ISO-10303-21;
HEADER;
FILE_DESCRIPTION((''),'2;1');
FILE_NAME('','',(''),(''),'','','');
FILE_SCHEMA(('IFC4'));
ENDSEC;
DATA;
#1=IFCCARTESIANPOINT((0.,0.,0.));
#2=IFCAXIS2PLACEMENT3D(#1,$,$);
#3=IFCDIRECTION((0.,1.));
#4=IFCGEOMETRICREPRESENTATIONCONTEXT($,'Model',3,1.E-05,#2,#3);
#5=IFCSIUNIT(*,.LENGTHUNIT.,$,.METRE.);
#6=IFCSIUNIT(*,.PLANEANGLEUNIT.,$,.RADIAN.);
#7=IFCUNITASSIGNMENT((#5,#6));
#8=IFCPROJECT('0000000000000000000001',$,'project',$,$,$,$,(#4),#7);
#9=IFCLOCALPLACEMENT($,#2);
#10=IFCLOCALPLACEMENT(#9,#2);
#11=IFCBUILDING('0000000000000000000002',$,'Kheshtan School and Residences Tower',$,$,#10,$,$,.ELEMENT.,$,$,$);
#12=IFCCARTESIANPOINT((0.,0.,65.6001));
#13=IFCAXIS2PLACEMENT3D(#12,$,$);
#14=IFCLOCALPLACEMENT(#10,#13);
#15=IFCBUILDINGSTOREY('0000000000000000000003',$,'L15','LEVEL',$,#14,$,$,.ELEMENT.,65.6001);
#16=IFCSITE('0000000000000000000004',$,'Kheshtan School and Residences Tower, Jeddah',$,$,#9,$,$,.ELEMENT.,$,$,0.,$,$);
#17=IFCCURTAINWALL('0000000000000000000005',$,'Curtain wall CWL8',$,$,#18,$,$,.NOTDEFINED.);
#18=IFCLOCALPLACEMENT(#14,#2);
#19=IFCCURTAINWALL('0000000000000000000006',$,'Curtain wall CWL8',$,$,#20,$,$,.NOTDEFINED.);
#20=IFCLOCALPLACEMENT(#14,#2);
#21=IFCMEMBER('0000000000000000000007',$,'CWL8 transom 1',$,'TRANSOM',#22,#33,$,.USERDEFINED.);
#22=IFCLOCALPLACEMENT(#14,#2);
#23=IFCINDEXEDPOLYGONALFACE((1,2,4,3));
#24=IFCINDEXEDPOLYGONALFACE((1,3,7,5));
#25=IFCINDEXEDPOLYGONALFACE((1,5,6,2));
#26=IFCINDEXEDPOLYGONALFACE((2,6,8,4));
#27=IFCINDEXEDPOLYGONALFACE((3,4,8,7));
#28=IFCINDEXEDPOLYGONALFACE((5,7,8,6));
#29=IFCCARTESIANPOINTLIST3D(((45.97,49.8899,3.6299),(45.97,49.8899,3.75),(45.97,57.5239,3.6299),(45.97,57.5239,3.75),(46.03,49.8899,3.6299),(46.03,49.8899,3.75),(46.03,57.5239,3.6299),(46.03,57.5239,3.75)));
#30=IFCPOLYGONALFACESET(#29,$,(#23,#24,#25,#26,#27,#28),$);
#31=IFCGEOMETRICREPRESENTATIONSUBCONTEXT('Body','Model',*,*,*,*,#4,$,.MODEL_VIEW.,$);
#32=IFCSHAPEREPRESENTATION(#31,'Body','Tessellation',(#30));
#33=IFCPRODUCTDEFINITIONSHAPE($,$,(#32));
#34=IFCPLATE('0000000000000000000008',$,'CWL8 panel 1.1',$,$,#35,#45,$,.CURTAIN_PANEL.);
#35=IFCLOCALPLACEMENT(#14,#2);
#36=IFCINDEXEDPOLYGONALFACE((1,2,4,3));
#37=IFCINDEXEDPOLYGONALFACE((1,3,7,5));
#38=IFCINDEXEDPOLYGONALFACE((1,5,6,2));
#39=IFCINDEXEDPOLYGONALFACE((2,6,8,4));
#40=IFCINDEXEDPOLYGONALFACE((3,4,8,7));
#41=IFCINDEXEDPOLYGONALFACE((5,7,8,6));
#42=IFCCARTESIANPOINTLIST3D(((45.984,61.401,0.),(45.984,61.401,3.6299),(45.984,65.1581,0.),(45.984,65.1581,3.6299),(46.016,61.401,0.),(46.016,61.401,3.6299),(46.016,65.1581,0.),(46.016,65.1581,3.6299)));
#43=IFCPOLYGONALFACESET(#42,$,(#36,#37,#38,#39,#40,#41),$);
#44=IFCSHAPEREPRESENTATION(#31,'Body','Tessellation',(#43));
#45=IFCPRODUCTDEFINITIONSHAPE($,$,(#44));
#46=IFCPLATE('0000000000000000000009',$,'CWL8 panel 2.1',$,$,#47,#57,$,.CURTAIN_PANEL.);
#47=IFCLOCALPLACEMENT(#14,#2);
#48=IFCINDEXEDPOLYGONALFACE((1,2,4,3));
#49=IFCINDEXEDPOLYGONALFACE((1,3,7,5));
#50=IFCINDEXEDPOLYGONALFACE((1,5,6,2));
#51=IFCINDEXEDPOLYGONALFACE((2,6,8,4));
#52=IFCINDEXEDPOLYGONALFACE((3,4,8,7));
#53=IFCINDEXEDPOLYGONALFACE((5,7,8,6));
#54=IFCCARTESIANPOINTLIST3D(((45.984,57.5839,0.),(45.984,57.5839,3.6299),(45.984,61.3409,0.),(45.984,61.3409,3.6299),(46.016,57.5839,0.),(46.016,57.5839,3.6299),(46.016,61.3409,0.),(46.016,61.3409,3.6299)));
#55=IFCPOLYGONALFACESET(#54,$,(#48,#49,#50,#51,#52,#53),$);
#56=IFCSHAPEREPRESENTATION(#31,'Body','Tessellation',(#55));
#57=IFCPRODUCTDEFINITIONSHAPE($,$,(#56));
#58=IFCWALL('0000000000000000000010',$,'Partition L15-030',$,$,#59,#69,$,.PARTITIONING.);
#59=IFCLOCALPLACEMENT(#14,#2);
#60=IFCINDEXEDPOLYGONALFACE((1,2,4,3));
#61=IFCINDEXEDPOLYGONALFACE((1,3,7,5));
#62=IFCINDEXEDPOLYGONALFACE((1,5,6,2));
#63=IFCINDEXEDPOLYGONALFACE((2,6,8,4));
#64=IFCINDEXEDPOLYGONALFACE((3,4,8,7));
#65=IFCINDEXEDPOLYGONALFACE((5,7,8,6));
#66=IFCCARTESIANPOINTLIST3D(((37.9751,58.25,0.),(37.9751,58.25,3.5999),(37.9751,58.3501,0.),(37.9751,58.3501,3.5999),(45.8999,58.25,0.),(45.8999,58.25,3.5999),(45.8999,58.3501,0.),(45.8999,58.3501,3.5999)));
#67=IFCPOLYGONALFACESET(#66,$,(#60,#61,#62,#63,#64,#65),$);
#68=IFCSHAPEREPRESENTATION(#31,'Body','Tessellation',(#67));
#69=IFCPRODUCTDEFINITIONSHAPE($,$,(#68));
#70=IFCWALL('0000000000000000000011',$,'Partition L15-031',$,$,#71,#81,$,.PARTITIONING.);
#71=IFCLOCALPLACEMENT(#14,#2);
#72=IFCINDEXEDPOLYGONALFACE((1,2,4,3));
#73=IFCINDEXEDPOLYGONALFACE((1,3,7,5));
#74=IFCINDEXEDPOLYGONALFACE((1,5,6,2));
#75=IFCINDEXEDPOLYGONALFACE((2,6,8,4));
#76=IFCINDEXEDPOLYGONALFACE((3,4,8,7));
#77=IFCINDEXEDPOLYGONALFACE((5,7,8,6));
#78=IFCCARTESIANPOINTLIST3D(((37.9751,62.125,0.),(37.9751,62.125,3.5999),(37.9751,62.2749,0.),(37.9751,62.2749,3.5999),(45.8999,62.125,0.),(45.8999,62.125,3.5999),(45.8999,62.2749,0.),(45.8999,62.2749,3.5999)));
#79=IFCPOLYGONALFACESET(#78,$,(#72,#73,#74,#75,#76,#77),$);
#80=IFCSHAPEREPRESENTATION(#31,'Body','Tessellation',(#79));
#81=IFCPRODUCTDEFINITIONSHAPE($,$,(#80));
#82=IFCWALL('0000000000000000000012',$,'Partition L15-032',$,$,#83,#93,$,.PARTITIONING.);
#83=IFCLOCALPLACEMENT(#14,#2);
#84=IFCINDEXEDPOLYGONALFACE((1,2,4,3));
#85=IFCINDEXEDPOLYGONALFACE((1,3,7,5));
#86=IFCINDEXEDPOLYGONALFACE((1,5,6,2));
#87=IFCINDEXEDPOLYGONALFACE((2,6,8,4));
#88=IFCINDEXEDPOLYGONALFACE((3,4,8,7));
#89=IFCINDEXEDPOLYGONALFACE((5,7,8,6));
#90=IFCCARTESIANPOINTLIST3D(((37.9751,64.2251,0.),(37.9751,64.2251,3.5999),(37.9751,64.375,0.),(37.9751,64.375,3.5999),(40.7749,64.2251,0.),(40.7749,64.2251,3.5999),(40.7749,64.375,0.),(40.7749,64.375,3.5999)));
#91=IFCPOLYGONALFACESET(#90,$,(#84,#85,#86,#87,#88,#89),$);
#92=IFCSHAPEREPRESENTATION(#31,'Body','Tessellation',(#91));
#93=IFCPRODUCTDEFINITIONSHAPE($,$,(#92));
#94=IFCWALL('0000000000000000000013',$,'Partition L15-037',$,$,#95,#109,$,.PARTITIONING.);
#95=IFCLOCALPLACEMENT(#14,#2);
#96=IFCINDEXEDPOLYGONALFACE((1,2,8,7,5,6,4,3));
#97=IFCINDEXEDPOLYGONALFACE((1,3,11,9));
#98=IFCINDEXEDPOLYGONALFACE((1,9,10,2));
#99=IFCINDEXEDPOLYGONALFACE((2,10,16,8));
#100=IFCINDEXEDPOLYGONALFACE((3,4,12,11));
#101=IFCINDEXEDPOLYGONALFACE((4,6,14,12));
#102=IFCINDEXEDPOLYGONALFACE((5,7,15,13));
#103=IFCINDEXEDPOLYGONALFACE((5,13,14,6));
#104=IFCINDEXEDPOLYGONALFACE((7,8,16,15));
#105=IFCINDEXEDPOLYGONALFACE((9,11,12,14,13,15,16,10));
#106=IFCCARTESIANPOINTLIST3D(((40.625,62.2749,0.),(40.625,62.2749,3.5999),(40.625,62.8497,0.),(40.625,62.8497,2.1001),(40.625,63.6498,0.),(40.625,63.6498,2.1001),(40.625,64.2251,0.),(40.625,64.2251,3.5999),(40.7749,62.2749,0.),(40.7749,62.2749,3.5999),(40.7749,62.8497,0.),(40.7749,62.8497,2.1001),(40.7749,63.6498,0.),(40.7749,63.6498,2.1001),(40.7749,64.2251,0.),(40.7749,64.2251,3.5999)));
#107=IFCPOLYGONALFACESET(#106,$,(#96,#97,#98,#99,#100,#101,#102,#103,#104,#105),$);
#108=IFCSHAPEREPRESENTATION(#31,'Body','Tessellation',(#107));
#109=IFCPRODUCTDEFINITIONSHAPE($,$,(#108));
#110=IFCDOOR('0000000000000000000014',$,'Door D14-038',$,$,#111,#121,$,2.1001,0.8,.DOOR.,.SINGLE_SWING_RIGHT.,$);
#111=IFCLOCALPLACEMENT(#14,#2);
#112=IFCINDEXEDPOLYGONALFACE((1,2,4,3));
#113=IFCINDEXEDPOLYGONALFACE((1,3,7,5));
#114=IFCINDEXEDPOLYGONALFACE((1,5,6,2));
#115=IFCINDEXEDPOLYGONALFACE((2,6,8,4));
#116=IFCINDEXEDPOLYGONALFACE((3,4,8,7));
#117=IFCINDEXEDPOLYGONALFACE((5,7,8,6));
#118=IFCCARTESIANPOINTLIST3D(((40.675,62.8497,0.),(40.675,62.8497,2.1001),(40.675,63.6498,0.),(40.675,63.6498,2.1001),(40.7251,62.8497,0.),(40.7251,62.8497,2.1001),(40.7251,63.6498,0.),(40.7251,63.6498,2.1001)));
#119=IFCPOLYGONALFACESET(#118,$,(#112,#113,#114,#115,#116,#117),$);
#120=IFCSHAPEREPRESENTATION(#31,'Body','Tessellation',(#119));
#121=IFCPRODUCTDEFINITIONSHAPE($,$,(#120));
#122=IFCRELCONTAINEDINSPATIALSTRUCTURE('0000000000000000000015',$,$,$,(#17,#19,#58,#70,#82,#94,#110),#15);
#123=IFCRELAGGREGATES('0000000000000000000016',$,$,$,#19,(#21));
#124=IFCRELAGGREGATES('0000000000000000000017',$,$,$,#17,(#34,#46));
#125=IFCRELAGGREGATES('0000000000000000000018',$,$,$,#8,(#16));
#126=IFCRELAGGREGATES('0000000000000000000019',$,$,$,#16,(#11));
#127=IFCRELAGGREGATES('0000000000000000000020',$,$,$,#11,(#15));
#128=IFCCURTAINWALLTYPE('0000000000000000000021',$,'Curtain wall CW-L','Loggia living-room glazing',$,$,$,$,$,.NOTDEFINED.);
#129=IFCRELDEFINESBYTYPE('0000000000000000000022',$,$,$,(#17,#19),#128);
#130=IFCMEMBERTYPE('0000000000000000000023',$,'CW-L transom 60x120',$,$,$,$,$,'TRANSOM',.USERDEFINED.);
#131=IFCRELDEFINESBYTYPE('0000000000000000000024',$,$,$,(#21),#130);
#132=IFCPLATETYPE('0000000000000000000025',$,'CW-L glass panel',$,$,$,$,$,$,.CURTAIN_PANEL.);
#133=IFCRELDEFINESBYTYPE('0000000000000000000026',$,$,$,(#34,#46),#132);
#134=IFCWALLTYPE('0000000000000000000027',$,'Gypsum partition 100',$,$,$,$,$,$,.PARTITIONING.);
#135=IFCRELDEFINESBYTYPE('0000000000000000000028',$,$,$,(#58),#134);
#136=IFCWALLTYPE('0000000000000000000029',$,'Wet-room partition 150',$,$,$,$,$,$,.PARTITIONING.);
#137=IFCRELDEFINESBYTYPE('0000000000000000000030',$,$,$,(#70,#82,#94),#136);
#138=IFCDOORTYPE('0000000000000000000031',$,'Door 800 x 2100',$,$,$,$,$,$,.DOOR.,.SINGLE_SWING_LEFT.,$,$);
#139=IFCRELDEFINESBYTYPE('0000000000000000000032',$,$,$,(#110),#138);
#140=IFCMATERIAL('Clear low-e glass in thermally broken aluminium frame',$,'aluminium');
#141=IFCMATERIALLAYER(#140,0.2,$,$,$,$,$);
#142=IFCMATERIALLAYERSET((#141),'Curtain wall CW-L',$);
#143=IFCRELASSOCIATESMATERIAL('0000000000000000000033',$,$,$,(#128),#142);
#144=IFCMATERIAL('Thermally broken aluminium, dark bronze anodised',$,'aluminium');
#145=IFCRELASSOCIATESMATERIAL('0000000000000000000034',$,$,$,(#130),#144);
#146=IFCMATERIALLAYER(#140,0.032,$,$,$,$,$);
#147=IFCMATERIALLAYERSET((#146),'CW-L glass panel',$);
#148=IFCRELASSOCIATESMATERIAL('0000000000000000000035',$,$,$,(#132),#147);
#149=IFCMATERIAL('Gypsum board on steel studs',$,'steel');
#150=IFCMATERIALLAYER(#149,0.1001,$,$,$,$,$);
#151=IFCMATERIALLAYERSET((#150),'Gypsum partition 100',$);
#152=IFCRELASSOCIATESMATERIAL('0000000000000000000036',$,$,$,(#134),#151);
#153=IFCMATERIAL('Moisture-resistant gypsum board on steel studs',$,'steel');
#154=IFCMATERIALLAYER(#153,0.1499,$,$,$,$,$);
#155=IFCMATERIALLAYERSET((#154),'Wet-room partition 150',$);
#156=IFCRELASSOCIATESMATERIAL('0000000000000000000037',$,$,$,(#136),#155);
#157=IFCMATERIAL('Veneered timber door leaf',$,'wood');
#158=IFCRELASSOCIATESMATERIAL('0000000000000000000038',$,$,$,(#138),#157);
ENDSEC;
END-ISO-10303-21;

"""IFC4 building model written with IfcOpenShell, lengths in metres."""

from ifc_helpers import new_model, si_unit, direction, frame, frame_2d, origin, origin_2d, place, context, subcontext, project, spatial, rectangle, extrude, source, transform, mapped, material, layer, layer_set, material_profile, profile_set, type_object, element, fill, aggregate, save


model = new_model("IFC4")

# Units and contexts
model_context = context("Model", 3, precision=1e-05, world=origin(), true_north=direction((0.0, 1.0)))
body_context = subcontext(model_context, "Body", "Model", "MODEL_VIEW")
ifc_project = project(units=[si_unit("LENGTHUNIT", "METRE"), si_unit("PLANEANGLEUNIT", "RADIAN")], contexts=[model_context])

# Site, building, storey
site_placement = place(None, origin())
site = spatial("IfcSite", under=ifc_project, at=site_placement, Name="Kheshtan School and Residences Tower, Jeddah", CompositionType="ELEMENT", RefElevation=0.0)
building_placement = place(site_placement, origin())
building = spatial("IfcBuilding", under=site, at=building_placement, Name="Kheshtan School and Residences Tower", CompositionType="ELEMENT")
storey_placement = place(building_placement, frame((0.0, 0.0, 65.6001)))
storey = spatial("IfcBuildingStorey", under=building, at=storey_placement, Name="L15", Description="LEVEL", CompositionType="ELEMENT", Elevation=65.6001)

# Curtain wall
ifc_material_1 = material(Name="Clear low-e glass in thermally broken aluminium frame", Category="aluminium")
ifc_layer_1 = layer(ifc_material_1, 0.2)
ifc_layer_set_1 = layer_set([ifc_layer_1], Name="Curtain wall CW-L")
curtain_wall_type = type_object("IfcCurtainWallType", Name="Curtain wall CW-L", Description="Loggia living-room glazing", PredefinedType="NOTDEFINED", material=ifc_layer_set_1)
curtain_wall_1_placement = place(storey_placement, origin())
curtain_wall_1 = element("IfcCurtainWall", 1, at=curtain_wall_1_placement, inside=storey, type_object=curtain_wall_type, Name="Curtain wall CWL8", PredefinedType="NOTDEFINED")
ifc_material_2 = material(Name="Thermally broken aluminium, dark bronze anodised", Category="aluminium")
ifc_material_profile_1 = material_profile(ifc_material_2, rectangle(XDim=0.0601, YDim=0.1201, at=origin_2d()), Name="CW-L transom 60x120")
ifc_profile_set_1 = profile_set([ifc_material_profile_1], Name="Thermally broken aluminium, dark bronze anodised")
member_type_1 = type_object("IfcMemberType", Name="CW-L transom 60x120", ElementType="TRANSOM", PredefinedType="USERDEFINED", material=ifc_profile_set_1)

# Curtain wall, member
curtain_wall_2_placement = place(storey_placement, origin())
curtain_wall_2 = element("IfcCurtainWall", 2, at=curtain_wall_2_placement, inside=storey, type_object=curtain_wall_type, Name="Curtain wall CWL8", PredefinedType="NOTDEFINED")
member_1_placement = place(storey_placement, frame((46.0, 57.5239, 3.6899), z_axis=(0.0, -1.0, 0.0), x_axis=(1.0, 0.0, 0.0)))
member_1 = element("IfcMember", 3, at=member_1_placement, type_object=member_type_1, Name="CWL8 transom 1", ObjectType="TRANSOM", PredefinedType="USERDEFINED", context=body_context, shape_type="SweptSolid", body=[
    extrude(rectangle(XDim=0.0601, YDim=0.1201, at=origin_2d()), origin(), (0.0, 0.0, 1.0), 7.634),
])
aggregate(curtain_wall_2, [member_1])

# Plates
ifc_layer_2 = layer(ifc_material_1, 0.032)
ifc_layer_set_2 = layer_set([ifc_layer_2], Name="CW-L glass panel")
plate_type = type_object("IfcPlateType", Name="CW-L glass panel", PredefinedType="CURTAIN_PANEL", material=ifc_layer_set_2)
plate_1_placement = place(storey_placement, frame((46.0, 63.2795, 0.0), z_axis=(0.0, 0.0, 1.0), x_axis=(0.0, -1.0, 0.0)))
plate_1 = element("IfcPlate", 4, at=plate_1_placement, type_object=plate_type, Name="CWL8 panel 1.1", PredefinedType="CURTAIN_PANEL", context=body_context, shape_type="SweptSolid", body=[
    extrude(rectangle(XDim=3.7571, YDim=0.032, at=origin_2d()), origin(), (0.0, 0.0, 1.0), 3.6299),
])
plate_2_placement = place(storey_placement, frame((46.0, 59.4624, 0.0), z_axis=(0.0, 0.0, 1.0), x_axis=(0.0, -1.0, 0.0)))
plate_2 = element("IfcPlate", 5, at=plate_2_placement, type_object=plate_type, Name="CWL8 panel 2.1", PredefinedType="CURTAIN_PANEL", context=body_context, shape_type="SweptSolid", body=[
    extrude(rectangle(XDim=3.7571, YDim=0.032, at=origin_2d()), origin(), (0.0, 0.0, 1.0), 3.6299),
])
aggregate(curtain_wall_1, [plate_1, plate_2])

# Walls
ifc_material_3 = material(Name="Gypsum board on steel studs", Category="steel")
ifc_layer_3 = layer(ifc_material_3, 0.1001)
ifc_layer_set_3 = layer_set([ifc_layer_3], Name="Gypsum partition 100")
wall_type_1 = type_object("IfcWallType", Name="Gypsum partition 100", PredefinedType="PARTITIONING", material=ifc_layer_set_3)
wall_1_placement = place(storey_placement, frame((37.9751, 58.3, 0.0), z_axis=(0.0, 0.0, 1.0), x_axis=(1.0, 0.0, 0.0)))
element("IfcWall", 6, at=wall_1_placement, inside=storey, type_object=wall_type_1, Name="Partition L15-030", PredefinedType="PARTITIONING", context=body_context, shape_type="SweptSolid", body=[
    extrude(rectangle(XDim=7.9248, YDim=0.1001, at=frame_2d((3.9624, 0.0))), origin(), (0.0, 0.0, 1.0), 3.5999),
])
ifc_material_4 = material(Name="Moisture-resistant gypsum board on steel studs", Category="steel")
ifc_layer_4 = layer(ifc_material_4, 0.1499)
ifc_layer_set_4 = layer_set([ifc_layer_4], Name="Wet-room partition 150")
wall_type_2 = type_object("IfcWallType", Name="Wet-room partition 150", PredefinedType="PARTITIONING", material=ifc_layer_set_4)
wall_2_placement = place(storey_placement, frame((37.9751, 62.2, 0.0), z_axis=(0.0, 0.0, 1.0), x_axis=(1.0, 0.0, 0.0)))
element("IfcWall", 7, at=wall_2_placement, inside=storey, type_object=wall_type_2, Name="Partition L15-031", PredefinedType="PARTITIONING", context=body_context, shape_type="SweptSolid", body=[
    extrude(rectangle(XDim=7.9248, YDim=0.1499, at=frame_2d((3.9624, 0.0))), origin(), (0.0, 0.0, 1.0), 3.5999),
])
wall_3_placement = place(storey_placement, frame((37.9751, 64.3, 0.0), z_axis=(0.0, 0.0, 1.0), x_axis=(1.0, 0.0, 0.0)))
element("IfcWall", 8, at=wall_3_placement, inside=storey, type_object=wall_type_2, Name="Partition L15-032", PredefinedType="PARTITIONING", context=body_context, shape_type="SweptSolid", body=[
    extrude(rectangle(XDim=2.7998, YDim=0.1499, at=frame_2d((1.3999, 0.0))), origin(), (0.0, 0.0, 1.0), 3.5999),
])

# Wall, opening, door
wall_4_placement = place(storey_placement, frame((40.7, 62.2749, 0.0), z_axis=(0.0, 0.0, 1.0), x_axis=(0.0, 1.0, 0.0)))
wall_4 = element("IfcWall", 9, at=wall_4_placement, inside=storey, type_object=wall_type_2, Name="Partition L15-037", PredefinedType="PARTITIONING", context=body_context, shape_type="SweptSolid", body=[
    extrude(rectangle(XDim=1.9502, YDim=0.1499, at=frame_2d((0.9751, 0.0))), origin(), (0.0, 0.0, 1.0), 3.5999),
])
opening_placement = place(wall_4_placement, frame((0.575, 0.0, 0.0)))
opening = element("IfcOpeningElement", 10, at=opening_placement, cuts=wall_4, PredefinedType="OPENING", context=body_context, shape_type="SweptSolid", body=[
    extrude(rectangle(XDim=0.8, YDim=2.1001, at=frame_2d((0.3999, 1.05))), frame((0.0, 0.085, 0.0), z_axis=(0.0, -1.0, 0.0), x_axis=(1.0, 0.0, 0.0)), (0.0, 0.0, 1.0), 0.1699),
])
ifc_material_5 = material(Name="Veneered timber door leaf", Category="wood")
door_type = type_object("IfcDoorType", Name="Door 800 x 2100", OperationType="SINGLE_SWING_LEFT", PredefinedType="DOOR", material=ifc_material_5)
shared_shape = source(origin(), body_context, "Body", "SweptSolid", [
    extrude(rectangle(XDim=0.8, YDim=2.1001, at=frame_2d((0.3999, 1.05))), frame((0.0, 0.0249, 0.0), z_axis=(0.0, -1.0, 0.0), x_axis=(1.0, 0.0, 0.0)), (0.0, 0.0, 1.0), 0.05),
])
door_placement = place(opening_placement, origin())
door = element("IfcDoor", 11, at=door_placement, inside=storey, type_object=door_type, Name="Door D14-038", OperationType="SINGLE_SWING_RIGHT", OverallHeight=2.1001, OverallWidth=0.8, PredefinedType="DOOR", context=body_context, shape_type="MappedRepresentation", body=[
    mapped(shared_shape, transform((0.0, 0.0, 0.0), x_axis=(1.0, 0.0, 0.0), y_axis=(0.0, 1.0, 0.0), z_axis=(0.0, 0.0, 1.0), scale=1.0)),
])
fill(opening, door)

save(model, "model.ifc")
